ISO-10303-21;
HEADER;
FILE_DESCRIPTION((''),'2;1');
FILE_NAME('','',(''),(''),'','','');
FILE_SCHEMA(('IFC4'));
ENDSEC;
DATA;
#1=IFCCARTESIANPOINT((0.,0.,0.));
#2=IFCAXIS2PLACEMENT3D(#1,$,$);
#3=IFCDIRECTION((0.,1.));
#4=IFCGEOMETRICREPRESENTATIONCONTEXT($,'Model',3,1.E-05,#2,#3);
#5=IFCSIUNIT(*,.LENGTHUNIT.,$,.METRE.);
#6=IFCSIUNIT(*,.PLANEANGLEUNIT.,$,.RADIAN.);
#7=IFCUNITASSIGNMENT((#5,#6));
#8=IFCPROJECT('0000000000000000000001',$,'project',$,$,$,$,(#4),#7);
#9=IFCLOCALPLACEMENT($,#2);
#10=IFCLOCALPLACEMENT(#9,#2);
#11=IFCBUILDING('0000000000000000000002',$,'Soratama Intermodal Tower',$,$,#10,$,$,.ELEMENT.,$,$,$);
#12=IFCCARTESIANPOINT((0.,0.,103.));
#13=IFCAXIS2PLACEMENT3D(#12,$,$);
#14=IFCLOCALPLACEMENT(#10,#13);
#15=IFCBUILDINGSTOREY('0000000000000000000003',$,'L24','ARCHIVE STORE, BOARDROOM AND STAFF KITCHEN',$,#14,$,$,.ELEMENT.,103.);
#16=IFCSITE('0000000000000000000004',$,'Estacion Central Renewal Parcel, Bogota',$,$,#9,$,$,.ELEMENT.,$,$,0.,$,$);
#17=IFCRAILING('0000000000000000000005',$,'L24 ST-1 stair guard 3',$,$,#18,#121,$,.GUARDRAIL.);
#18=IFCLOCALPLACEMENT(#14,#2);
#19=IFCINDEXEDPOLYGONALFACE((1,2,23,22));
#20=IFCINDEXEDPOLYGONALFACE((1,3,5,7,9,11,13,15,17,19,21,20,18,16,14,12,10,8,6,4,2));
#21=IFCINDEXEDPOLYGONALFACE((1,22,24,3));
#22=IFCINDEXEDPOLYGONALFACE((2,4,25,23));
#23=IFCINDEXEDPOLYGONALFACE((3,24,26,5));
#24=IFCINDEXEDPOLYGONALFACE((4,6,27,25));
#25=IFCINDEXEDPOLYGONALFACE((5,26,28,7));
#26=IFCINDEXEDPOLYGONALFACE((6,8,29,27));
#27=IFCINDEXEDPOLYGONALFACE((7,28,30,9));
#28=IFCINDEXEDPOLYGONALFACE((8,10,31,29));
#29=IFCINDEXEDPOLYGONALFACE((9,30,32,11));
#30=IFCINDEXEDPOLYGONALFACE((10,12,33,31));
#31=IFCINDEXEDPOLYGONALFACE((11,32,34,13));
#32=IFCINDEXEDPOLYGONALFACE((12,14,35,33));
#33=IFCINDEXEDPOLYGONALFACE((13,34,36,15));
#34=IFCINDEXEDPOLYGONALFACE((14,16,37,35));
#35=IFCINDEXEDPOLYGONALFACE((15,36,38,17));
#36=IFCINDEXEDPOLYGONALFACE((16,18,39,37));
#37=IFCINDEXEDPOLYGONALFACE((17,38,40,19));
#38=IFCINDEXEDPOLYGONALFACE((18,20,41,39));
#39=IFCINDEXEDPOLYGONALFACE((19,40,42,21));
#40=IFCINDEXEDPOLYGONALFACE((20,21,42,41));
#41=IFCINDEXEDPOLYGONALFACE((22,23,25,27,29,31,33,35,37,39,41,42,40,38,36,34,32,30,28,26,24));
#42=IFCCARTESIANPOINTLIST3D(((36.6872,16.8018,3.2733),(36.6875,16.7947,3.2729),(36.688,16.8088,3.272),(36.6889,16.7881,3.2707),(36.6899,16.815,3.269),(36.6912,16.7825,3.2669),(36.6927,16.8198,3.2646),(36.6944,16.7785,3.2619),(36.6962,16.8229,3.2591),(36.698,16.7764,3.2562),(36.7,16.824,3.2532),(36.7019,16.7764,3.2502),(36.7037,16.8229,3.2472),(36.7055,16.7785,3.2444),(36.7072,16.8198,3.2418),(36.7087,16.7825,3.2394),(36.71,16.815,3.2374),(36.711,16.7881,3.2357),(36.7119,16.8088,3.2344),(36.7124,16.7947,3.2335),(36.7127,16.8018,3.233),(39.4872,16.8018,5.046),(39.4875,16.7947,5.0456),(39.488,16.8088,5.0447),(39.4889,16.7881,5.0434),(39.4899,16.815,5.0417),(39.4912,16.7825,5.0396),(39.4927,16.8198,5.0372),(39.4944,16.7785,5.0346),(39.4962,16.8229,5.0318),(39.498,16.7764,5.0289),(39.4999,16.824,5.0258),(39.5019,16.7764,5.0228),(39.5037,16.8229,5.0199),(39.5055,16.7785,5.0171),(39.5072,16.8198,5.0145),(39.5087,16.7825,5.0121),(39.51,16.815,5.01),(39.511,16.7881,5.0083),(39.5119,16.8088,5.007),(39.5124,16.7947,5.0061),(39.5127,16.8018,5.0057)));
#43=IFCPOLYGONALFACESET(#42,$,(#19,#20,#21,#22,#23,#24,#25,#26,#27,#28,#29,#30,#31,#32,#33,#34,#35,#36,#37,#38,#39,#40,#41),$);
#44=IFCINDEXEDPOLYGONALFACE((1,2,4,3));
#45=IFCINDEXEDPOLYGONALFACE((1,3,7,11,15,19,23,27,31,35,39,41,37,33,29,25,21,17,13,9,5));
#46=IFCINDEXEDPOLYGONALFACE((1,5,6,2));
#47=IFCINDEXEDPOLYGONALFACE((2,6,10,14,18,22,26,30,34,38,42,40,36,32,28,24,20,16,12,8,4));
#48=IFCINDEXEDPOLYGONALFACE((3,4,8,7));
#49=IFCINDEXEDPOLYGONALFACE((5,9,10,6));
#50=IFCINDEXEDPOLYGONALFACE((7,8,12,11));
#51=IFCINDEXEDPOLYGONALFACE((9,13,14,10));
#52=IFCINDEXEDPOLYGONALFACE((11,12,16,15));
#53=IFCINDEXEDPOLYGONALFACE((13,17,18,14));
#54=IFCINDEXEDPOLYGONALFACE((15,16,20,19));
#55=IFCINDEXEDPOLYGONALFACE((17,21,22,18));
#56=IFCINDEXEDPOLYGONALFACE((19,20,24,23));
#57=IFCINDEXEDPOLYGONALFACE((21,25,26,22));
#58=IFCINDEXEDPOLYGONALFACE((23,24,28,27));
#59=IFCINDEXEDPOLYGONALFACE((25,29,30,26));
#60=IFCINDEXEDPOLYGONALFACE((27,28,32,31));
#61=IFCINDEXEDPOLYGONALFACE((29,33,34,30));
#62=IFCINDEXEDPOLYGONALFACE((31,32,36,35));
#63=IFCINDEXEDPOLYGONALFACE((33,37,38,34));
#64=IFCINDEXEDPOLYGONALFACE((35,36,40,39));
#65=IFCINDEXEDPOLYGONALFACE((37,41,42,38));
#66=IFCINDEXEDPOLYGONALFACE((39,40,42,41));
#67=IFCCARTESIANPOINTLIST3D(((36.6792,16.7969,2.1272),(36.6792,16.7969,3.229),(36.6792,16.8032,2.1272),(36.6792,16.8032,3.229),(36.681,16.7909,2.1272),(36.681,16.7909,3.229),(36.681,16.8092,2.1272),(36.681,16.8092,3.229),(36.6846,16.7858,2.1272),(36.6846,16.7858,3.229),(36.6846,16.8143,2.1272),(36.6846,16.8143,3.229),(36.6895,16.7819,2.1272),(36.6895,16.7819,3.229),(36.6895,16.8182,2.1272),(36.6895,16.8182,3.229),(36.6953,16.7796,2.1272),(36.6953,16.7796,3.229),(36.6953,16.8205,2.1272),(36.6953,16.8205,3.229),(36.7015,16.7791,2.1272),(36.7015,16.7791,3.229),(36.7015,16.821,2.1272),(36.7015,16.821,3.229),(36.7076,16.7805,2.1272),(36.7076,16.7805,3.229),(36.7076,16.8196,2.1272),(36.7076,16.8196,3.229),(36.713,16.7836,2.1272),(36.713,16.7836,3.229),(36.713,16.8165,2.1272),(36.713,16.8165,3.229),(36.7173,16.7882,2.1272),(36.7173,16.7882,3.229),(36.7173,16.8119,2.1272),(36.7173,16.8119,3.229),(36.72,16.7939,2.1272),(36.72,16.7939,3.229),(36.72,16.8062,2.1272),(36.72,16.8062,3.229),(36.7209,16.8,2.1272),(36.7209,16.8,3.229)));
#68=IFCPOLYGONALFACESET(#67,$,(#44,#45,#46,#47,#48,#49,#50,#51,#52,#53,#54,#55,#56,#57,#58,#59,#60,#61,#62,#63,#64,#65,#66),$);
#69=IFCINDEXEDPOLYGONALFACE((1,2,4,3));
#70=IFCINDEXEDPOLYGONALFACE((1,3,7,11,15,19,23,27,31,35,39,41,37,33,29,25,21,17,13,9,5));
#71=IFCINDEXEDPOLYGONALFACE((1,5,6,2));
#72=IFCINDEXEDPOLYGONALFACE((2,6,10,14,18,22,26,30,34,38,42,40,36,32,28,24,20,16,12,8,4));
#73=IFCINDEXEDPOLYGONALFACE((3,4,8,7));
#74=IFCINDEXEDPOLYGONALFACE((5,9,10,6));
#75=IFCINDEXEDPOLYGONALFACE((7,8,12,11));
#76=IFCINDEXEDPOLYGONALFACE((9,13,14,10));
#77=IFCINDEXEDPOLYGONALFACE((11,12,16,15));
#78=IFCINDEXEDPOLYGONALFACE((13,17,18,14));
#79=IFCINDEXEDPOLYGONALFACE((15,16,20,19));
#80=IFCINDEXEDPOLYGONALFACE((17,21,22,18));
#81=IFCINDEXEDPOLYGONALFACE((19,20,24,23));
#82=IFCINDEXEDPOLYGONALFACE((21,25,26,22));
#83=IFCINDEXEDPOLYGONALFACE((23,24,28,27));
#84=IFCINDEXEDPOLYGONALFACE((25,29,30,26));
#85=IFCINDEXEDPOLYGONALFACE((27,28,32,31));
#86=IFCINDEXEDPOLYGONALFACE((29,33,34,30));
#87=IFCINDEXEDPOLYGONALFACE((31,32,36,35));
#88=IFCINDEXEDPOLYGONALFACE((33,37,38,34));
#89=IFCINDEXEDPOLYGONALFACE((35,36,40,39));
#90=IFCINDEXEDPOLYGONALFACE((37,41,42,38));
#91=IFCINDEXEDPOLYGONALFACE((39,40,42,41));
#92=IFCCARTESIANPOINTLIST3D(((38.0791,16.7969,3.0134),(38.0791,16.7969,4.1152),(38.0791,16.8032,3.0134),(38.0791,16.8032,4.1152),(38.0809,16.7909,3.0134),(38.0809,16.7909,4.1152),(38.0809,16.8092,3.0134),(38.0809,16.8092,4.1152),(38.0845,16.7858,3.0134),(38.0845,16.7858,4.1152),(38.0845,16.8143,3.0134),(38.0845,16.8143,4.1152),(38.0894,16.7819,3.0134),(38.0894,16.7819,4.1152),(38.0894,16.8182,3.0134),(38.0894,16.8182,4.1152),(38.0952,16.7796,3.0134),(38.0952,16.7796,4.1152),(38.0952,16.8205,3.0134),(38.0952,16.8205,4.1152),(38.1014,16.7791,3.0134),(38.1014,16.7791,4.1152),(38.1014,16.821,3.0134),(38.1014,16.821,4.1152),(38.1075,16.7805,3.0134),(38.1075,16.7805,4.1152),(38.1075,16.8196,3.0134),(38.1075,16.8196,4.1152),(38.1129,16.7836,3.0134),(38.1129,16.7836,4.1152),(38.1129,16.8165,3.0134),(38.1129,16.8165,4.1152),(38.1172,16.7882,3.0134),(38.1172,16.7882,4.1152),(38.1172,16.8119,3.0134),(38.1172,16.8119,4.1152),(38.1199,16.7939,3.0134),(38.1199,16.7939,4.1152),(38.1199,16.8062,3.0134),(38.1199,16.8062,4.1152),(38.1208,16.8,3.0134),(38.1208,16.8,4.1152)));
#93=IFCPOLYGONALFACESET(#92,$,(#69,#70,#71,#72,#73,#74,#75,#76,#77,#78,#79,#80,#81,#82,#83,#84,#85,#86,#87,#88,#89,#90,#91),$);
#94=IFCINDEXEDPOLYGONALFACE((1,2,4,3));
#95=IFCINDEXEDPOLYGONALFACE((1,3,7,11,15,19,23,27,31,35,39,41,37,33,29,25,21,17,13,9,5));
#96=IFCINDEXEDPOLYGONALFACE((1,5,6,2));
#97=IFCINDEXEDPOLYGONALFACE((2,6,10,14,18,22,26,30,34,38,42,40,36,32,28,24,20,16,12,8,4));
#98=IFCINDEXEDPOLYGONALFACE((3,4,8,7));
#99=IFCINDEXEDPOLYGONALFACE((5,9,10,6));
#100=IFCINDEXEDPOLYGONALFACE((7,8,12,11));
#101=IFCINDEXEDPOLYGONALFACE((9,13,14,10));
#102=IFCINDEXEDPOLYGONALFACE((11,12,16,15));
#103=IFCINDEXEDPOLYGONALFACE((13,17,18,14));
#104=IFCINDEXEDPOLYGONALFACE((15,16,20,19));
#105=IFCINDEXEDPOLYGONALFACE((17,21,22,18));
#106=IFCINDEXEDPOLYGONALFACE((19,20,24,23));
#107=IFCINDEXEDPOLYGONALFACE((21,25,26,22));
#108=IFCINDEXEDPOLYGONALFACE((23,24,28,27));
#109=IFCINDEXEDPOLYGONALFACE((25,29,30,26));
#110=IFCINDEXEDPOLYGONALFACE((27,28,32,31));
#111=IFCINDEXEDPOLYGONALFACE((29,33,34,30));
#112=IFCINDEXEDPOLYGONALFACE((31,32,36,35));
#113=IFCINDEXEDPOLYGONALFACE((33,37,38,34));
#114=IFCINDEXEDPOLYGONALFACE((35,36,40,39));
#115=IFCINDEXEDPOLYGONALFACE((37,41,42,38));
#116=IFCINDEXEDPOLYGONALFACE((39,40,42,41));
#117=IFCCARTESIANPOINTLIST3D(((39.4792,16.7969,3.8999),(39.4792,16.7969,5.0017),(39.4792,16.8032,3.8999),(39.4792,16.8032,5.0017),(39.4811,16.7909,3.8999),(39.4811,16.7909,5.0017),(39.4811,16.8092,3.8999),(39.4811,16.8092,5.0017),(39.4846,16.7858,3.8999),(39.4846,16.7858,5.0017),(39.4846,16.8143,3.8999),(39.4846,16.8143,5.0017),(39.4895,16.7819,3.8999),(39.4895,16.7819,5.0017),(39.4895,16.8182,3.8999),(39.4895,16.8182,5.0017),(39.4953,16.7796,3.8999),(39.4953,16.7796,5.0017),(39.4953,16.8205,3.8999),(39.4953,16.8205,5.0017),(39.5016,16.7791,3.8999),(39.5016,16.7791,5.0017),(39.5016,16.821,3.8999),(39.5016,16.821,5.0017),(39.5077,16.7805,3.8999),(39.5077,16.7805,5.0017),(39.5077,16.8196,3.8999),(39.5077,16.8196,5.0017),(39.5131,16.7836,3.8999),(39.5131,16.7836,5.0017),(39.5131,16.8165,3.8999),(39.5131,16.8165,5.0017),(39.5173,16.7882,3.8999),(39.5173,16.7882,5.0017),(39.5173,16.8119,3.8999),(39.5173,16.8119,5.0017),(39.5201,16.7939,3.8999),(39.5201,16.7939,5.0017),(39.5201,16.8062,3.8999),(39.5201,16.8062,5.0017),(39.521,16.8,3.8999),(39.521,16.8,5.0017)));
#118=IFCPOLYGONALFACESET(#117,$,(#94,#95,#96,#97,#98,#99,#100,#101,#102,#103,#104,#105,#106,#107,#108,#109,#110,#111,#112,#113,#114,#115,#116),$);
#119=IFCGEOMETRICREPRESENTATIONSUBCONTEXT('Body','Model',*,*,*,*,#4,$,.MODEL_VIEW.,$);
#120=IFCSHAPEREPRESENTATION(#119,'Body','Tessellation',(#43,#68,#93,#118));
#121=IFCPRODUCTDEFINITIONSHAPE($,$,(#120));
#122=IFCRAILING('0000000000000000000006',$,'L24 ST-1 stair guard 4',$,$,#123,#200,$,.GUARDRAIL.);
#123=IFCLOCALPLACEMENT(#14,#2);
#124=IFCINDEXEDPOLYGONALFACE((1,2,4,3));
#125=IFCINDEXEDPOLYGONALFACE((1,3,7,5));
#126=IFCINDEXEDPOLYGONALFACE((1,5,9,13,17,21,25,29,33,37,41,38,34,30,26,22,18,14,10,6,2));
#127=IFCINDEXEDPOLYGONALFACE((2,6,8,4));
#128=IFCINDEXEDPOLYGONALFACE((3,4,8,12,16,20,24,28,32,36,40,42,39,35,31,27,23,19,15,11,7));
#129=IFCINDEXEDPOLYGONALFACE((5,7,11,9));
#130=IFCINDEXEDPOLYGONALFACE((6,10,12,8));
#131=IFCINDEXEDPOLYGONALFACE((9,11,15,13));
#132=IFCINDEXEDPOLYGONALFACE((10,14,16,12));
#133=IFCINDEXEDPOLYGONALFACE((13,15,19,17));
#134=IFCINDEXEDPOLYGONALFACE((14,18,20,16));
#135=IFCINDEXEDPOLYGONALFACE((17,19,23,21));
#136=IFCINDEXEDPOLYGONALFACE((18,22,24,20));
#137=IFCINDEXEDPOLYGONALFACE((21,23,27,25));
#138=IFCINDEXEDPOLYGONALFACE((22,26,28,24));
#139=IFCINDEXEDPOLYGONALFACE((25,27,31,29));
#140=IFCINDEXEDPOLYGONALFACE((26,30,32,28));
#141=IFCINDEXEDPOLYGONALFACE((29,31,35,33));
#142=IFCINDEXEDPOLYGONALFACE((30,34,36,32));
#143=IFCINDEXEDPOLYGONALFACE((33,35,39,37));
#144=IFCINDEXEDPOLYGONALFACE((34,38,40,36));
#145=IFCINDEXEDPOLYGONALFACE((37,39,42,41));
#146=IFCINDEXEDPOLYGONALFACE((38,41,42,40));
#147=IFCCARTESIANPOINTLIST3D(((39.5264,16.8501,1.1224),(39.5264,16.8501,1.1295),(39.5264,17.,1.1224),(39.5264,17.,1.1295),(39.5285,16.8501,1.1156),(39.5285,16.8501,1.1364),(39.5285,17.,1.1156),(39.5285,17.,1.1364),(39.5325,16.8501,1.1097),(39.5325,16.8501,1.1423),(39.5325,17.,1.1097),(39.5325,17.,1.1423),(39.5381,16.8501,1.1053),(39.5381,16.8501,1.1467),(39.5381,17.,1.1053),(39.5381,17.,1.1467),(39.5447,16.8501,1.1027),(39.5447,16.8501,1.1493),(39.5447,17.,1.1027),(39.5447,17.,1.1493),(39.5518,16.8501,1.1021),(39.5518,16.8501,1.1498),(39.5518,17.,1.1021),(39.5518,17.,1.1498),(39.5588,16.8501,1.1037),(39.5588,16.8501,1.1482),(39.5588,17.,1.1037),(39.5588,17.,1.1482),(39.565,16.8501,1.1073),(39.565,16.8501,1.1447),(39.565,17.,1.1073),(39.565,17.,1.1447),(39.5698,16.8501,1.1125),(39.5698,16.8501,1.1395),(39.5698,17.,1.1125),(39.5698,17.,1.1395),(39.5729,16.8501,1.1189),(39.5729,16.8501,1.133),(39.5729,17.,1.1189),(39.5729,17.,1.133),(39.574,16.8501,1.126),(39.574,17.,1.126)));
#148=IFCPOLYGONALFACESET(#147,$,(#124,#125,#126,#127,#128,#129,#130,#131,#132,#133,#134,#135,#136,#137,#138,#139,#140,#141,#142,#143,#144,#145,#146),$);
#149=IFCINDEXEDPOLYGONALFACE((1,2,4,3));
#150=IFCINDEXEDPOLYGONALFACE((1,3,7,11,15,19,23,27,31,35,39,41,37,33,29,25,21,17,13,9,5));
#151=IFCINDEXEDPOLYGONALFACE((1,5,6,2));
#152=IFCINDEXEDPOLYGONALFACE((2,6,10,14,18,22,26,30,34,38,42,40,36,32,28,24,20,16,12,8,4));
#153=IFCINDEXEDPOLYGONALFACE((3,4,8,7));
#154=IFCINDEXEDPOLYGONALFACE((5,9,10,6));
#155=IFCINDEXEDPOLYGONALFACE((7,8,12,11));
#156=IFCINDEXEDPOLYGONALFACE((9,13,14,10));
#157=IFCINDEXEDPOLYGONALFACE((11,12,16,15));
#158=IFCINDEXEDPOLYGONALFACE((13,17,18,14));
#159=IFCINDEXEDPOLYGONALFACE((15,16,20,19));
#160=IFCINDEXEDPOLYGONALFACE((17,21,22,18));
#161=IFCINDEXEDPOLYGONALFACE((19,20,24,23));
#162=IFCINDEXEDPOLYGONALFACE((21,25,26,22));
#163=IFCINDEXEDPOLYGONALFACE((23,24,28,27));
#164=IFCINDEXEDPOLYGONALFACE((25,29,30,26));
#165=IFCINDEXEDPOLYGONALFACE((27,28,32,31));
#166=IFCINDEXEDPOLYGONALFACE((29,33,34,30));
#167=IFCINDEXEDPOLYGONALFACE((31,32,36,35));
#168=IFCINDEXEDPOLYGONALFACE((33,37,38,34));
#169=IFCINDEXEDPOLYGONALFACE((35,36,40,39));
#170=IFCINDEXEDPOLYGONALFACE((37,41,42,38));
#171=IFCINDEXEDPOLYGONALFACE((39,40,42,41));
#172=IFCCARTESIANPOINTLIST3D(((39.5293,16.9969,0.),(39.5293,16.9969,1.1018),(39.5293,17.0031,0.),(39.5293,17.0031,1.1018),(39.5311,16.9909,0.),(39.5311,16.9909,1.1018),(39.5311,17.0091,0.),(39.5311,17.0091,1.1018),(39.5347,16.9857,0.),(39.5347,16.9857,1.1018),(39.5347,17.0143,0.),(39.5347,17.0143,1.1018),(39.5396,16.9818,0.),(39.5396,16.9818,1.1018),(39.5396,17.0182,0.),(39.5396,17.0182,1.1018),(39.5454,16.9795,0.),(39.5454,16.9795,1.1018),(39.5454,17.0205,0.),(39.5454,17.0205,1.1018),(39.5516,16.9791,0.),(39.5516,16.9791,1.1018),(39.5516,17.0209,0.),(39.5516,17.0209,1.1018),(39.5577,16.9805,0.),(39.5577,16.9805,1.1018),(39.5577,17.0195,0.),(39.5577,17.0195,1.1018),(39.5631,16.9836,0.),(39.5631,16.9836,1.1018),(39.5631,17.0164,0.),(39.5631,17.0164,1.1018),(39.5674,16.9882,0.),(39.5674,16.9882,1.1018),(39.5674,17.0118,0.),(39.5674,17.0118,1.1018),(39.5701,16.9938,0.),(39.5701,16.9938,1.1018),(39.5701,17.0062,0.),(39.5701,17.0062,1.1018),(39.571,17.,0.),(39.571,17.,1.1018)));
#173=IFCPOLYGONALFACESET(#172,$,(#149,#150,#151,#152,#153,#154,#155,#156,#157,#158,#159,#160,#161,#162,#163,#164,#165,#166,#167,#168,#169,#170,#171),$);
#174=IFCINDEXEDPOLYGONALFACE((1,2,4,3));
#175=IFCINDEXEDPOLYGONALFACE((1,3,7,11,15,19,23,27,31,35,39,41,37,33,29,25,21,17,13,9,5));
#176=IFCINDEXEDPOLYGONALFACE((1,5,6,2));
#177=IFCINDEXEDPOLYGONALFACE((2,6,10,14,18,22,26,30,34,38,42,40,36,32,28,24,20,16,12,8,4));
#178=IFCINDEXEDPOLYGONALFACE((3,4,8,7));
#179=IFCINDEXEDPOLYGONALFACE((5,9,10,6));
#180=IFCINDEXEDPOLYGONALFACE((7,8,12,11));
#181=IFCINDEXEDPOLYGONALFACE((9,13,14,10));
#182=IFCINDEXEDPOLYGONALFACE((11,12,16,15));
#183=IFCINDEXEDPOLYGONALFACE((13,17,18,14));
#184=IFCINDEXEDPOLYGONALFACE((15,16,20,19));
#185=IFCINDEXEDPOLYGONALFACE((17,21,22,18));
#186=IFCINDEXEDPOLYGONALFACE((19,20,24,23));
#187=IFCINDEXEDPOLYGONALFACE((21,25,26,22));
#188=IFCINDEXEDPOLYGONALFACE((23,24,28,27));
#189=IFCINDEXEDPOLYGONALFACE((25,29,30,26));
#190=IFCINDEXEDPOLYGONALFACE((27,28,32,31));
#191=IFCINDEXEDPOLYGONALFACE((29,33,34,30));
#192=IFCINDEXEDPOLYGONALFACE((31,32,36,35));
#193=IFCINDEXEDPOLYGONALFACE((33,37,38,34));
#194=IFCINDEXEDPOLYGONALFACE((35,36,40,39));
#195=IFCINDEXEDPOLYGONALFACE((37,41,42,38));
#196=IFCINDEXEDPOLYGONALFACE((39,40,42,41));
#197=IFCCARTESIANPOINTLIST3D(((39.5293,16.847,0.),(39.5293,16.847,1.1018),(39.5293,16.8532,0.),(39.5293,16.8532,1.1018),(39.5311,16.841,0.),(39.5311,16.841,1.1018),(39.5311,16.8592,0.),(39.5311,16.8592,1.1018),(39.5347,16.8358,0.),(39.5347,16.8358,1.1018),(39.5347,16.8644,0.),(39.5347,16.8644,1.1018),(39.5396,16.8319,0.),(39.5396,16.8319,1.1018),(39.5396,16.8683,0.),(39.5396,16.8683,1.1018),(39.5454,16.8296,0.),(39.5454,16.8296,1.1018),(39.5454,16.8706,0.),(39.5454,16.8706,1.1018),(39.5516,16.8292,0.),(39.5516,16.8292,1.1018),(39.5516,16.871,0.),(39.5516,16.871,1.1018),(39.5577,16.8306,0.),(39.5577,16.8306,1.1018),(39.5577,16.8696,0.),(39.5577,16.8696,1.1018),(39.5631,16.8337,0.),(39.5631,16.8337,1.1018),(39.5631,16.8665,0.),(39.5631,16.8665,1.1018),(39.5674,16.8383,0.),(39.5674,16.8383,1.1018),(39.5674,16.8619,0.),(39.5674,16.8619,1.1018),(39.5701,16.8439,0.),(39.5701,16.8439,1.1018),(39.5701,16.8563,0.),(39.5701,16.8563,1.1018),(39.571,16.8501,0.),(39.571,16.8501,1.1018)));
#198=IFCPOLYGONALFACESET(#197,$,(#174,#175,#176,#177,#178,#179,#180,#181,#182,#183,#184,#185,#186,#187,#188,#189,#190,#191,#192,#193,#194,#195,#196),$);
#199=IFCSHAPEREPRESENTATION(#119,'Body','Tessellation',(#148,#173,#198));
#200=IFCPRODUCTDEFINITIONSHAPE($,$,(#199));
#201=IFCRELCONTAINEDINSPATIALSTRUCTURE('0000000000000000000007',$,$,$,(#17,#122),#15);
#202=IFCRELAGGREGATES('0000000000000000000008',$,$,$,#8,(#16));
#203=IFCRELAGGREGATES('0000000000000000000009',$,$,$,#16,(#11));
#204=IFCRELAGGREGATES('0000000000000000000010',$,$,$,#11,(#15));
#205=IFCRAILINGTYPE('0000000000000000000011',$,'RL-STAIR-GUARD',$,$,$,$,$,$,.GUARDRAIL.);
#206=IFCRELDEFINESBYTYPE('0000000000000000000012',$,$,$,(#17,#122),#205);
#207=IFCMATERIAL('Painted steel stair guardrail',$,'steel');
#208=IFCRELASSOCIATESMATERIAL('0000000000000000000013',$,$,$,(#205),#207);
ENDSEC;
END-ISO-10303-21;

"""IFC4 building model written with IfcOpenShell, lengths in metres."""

from ifc_helpers import new_model, si_unit, direction, frame, origin, origin_2d, place, context, subcontext, project, spatial, circle, extrude, material, type_object, element, save


model = new_model("IFC4")

# Units and contexts
model_context = context("Model", 3, precision=1e-05, world=origin(), true_north=direction((0.0, 1.0)))
body_context = subcontext(model_context, "Body", "Model", "MODEL_VIEW")
ifc_project = project(units=[si_unit("LENGTHUNIT", "METRE"), si_unit("PLANEANGLEUNIT", "RADIAN")], contexts=[model_context])

# Site, building, storey
site_placement = place(None, origin())
site = spatial("IfcSite", under=ifc_project, at=site_placement, Name="Estacion Central Renewal Parcel, Bogota", CompositionType="ELEMENT", RefElevation=0.0)
building_placement = place(site_placement, origin())
building = spatial("IfcBuilding", under=site, at=building_placement, Name="Soratama Intermodal Tower", CompositionType="ELEMENT")
storey_placement = place(building_placement, frame((0.0, 0.0, 103.0)))
storey = spatial("IfcBuildingStorey", under=building, at=storey_placement, Name="L24", Description="ARCHIVE STORE, BOARDROOM AND STAFF KITCHEN", CompositionType="ELEMENT", Elevation=103.0)

# Railings
ifc_material_1 = material(Name="Painted steel stair guardrail", Category="steel")
railing_type_1 = type_object("IfcRailingType", Name="RL-STAIR-GUARD", PredefinedType="GUARDRAIL", material=ifc_material_1)
railing_1_placement = place(storey_placement, frame((36.7, 16.8, 2.1272)))
element("IfcRailing", 1, at=railing_1_placement, inside=storey, type_object=railing_type_1, Name="L24 ST-1 stair guard 3", PredefinedType="GUARDRAIL", context=body_context, shape_type="SweptSolid", body=[
    extrude(circle(Radius=0.0239, at=origin_2d()), frame((0.0, 0.0, 1.126), z_axis=(0.844909, 0.0, 0.53491), x_axis=(0.0, 1.0, 0.0)), (0.0, 0.0, 1.0), 3.314),
    extrude(circle(Radius=0.021, at=origin_2d()), origin(), (0.0, 0.0, 1.0), 1.1018),
    extrude(circle(Radius=0.021, at=origin_2d()), frame((1.3999, 0.0, 0.8862)), (0.0, 0.0, 1.0), 1.1018),
    extrude(circle(Radius=0.021, at=origin_2d()), frame((2.8, 0.0, 1.7727)), (0.0, 0.0, 1.0), 1.1018),
])
railing_2_placement = place(storey_placement, frame((39.55, 17.0, 0.0)))
element("IfcRailing", 2, at=railing_2_placement, inside=storey, type_object=railing_type_1, Name="L24 ST-1 stair guard 4", PredefinedType="GUARDRAIL", context=body_context, shape_type="SweptSolid", body=[
    extrude(circle(Radius=0.0239, at=origin_2d()), frame((0.0, 0.0, 1.126), z_axis=(0.0, -1.0, 0.0), x_axis=(1.0, 0.0, 0.0)), (0.0, 0.0, 1.0), 0.1499),
    extrude(circle(Radius=0.021, at=origin_2d()), origin(), (0.0, 0.0, 1.0), 1.1018),
    extrude(circle(Radius=0.021, at=origin_2d()), frame((0.0, -0.1499, 0.0)), (0.0, 0.0, 1.0), 1.1018),
])

save(model, "model.ifc")
